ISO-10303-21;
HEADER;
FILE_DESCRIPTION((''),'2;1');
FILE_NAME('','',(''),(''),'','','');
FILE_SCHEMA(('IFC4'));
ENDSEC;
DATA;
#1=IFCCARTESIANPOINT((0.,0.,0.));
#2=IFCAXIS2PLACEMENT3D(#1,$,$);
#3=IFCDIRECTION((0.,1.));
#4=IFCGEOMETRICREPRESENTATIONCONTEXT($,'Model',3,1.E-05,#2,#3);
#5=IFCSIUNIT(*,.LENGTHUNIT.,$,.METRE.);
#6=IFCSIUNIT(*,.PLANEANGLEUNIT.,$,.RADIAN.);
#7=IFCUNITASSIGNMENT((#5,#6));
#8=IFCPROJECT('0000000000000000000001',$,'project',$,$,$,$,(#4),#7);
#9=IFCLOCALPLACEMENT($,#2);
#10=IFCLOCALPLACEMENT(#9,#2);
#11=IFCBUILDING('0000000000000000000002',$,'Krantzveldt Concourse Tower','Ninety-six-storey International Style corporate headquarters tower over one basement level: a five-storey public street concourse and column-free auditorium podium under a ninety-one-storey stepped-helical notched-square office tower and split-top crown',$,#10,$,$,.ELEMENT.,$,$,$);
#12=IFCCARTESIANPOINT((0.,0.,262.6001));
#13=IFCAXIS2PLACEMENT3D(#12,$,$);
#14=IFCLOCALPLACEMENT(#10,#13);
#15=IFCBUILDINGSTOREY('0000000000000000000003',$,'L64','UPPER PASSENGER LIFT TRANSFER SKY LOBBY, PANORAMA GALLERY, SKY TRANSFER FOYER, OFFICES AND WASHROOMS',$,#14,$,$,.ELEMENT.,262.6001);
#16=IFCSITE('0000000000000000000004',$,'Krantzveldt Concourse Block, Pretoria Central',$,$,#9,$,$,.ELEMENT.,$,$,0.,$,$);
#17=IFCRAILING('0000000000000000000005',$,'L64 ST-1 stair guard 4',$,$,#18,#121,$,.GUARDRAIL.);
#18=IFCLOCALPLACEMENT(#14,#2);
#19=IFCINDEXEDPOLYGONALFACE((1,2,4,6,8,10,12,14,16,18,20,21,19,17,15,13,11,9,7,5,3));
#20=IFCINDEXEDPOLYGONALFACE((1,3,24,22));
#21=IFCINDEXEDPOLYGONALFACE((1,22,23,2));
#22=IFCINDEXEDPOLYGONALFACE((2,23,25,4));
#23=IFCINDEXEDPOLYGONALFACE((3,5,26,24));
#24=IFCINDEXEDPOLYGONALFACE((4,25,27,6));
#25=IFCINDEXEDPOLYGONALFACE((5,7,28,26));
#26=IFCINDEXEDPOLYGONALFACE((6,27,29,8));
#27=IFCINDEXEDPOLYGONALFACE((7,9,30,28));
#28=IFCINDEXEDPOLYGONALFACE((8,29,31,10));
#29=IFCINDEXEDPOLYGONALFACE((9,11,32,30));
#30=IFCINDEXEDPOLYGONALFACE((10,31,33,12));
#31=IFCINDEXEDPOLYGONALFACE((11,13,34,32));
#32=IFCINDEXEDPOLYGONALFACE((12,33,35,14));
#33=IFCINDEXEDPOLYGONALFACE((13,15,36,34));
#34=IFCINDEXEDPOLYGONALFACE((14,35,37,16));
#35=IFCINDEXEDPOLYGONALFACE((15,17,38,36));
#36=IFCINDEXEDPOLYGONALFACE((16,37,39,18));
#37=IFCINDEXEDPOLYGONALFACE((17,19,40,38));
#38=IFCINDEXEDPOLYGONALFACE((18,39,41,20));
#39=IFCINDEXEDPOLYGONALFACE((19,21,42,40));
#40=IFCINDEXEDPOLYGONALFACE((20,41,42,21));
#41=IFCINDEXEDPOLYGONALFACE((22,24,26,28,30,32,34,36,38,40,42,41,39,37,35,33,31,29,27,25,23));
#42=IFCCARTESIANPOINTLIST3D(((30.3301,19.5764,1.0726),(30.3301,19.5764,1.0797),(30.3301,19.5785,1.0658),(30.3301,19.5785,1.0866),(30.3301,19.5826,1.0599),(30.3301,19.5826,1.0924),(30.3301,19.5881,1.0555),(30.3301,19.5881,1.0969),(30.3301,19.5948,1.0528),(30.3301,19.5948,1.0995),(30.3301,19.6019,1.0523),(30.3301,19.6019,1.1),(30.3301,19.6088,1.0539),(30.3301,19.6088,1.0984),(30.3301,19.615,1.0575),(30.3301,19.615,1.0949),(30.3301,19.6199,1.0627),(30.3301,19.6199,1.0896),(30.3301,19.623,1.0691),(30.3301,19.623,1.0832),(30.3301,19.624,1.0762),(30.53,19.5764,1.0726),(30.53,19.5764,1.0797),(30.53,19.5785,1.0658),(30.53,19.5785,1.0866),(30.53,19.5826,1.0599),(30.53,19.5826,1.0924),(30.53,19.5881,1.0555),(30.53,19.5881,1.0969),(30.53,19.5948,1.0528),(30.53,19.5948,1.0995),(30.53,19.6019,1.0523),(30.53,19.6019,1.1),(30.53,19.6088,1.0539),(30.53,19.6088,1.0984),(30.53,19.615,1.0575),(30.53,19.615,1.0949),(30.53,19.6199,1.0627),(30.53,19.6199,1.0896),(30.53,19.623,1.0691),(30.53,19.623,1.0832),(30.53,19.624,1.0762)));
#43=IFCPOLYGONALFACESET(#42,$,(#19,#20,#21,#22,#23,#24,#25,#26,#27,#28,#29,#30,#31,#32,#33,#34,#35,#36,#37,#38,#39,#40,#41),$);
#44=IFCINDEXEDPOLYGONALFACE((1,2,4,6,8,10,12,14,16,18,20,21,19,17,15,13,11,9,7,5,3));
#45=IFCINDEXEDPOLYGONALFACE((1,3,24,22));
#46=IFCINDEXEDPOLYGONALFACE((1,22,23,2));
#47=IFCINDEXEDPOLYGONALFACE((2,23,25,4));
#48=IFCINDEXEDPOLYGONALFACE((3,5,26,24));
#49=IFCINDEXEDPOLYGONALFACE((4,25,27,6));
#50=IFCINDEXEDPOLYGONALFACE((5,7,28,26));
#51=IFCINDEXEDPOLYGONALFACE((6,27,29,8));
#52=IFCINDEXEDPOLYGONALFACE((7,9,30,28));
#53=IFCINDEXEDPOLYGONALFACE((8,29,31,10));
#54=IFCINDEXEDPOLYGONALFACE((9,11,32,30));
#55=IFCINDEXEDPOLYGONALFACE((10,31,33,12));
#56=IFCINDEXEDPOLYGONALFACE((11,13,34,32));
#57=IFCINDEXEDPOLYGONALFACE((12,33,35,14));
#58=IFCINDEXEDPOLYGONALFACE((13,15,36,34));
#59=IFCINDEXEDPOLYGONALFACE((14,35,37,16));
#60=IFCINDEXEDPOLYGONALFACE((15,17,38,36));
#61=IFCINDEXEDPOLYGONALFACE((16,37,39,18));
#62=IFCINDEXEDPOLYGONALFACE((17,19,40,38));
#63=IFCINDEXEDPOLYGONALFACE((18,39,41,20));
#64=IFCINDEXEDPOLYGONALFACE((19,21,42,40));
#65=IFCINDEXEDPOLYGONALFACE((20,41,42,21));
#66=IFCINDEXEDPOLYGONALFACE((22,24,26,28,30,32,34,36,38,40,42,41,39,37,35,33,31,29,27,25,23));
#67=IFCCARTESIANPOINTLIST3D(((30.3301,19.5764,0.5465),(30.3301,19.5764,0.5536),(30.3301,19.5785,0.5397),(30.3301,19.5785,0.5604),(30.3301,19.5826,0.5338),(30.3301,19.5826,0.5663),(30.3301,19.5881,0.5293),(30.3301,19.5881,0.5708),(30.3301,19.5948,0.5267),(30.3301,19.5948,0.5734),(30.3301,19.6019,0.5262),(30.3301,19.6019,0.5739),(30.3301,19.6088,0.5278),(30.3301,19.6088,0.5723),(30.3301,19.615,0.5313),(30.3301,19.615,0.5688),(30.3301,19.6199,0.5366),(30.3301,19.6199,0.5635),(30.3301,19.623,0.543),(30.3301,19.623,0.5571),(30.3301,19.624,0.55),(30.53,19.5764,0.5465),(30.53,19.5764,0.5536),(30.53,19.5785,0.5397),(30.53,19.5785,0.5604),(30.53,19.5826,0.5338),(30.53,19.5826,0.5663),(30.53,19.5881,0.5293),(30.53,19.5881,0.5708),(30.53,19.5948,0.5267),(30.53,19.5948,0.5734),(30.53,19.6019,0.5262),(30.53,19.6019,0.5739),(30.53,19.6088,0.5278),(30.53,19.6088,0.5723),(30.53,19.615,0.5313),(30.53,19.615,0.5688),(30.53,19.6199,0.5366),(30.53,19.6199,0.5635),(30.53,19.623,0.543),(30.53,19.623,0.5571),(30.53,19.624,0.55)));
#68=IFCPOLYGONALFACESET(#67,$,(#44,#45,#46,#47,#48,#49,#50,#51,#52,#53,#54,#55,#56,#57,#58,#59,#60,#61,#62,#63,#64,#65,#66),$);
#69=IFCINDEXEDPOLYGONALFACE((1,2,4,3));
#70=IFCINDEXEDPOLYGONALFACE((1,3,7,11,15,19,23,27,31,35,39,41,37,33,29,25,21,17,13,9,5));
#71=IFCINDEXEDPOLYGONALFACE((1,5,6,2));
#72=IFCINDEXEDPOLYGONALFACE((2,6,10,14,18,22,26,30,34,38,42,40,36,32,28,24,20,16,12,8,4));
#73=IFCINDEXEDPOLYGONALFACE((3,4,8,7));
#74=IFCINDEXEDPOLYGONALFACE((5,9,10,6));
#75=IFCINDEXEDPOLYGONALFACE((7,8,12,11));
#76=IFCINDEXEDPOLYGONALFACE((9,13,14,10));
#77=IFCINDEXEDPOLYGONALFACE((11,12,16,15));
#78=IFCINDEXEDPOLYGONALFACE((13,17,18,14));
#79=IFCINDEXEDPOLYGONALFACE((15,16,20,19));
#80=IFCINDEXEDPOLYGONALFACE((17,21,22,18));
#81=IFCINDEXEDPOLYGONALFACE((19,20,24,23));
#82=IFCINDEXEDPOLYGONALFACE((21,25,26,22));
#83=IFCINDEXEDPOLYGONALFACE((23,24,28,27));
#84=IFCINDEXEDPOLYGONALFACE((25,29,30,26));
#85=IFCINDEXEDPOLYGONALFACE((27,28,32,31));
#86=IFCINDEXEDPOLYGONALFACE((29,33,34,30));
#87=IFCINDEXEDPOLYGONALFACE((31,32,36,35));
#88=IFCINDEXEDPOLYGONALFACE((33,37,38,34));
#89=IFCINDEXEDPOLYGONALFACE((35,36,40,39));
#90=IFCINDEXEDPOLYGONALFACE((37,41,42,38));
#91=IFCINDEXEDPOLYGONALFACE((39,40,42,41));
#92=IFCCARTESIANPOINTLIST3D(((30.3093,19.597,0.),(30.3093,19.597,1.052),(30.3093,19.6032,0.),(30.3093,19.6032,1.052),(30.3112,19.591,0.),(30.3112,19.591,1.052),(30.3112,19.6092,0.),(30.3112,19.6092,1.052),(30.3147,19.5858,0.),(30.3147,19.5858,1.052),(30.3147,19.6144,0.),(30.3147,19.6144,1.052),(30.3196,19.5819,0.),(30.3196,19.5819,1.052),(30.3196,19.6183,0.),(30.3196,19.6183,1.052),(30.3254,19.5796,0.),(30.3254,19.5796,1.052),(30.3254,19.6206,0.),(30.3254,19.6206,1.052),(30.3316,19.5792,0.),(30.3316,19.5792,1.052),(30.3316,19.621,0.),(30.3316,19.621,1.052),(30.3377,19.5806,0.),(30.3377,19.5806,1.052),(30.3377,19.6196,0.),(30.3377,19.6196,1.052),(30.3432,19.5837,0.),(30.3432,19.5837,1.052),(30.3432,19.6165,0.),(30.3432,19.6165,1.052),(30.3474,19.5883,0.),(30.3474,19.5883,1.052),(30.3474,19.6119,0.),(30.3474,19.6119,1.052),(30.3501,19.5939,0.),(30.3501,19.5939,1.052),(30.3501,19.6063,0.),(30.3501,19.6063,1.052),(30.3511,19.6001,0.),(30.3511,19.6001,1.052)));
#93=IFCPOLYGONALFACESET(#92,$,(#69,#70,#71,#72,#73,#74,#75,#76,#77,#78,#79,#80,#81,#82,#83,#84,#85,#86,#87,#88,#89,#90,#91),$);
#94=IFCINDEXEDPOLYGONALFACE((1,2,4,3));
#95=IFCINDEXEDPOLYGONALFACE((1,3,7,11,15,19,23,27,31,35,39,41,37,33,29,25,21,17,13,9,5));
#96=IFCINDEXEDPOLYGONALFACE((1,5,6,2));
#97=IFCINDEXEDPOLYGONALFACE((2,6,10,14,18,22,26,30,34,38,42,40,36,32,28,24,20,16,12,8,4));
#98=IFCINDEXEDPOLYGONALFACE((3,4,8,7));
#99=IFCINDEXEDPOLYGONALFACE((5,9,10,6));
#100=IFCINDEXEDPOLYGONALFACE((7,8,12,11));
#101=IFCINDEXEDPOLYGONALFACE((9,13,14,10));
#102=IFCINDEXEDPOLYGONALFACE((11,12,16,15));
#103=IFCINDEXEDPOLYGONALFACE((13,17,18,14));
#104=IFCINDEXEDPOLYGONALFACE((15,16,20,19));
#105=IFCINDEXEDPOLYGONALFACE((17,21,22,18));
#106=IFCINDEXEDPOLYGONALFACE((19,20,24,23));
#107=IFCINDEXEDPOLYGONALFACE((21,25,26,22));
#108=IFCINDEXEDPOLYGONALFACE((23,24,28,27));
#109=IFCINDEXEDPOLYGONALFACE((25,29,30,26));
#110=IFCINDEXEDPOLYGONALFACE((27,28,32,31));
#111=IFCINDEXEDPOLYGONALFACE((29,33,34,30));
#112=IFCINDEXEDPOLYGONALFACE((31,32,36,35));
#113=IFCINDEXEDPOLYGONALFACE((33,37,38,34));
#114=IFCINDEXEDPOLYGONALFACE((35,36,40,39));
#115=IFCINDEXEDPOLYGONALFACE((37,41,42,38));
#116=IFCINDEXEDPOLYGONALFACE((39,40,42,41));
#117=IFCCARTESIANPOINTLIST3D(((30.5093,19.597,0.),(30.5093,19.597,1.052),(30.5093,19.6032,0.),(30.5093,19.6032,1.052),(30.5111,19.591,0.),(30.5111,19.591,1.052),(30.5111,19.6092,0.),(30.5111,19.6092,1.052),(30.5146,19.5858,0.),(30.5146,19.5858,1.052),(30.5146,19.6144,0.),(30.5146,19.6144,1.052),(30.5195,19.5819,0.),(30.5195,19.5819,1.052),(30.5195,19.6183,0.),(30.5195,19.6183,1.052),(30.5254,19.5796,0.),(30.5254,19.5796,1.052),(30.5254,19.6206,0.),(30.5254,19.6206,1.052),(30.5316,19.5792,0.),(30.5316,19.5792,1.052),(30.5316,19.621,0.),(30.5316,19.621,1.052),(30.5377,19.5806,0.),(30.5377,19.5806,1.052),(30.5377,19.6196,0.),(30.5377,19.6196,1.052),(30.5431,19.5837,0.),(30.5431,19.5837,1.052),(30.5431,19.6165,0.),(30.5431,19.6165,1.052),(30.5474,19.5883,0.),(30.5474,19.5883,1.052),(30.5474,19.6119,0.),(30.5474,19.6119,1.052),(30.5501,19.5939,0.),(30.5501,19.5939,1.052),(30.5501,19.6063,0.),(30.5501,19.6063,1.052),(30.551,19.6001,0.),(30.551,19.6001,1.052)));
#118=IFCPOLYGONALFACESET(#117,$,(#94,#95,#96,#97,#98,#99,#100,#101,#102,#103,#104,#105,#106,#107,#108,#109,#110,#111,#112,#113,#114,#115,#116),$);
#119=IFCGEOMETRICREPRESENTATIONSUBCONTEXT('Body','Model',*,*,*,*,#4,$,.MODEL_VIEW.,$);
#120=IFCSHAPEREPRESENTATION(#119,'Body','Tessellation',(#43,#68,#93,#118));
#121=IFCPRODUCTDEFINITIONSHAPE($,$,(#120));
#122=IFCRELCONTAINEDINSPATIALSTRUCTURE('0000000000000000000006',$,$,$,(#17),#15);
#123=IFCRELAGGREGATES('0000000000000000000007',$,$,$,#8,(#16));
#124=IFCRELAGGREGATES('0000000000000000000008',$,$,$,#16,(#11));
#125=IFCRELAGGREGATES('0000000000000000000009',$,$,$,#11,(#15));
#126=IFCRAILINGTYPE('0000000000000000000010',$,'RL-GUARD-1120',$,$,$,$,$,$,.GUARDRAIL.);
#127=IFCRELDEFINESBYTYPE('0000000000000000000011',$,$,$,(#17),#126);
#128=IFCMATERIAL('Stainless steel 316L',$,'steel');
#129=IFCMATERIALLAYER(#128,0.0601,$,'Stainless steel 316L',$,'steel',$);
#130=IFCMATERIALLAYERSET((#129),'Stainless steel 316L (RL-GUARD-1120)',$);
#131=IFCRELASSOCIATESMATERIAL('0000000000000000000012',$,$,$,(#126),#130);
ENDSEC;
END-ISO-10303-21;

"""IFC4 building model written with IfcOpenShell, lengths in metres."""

from ifc_helpers import new_model, si_unit, direction, frame, origin, origin_2d, place, context, subcontext, project, spatial, circle, extrude, material, layer, layer_set, type_object, element, save


model = new_model("IFC4")

# Units and contexts
model_context = context("Model", 3, precision=1e-05, world=origin(), true_north=direction((0.0, 1.0)))
body_context = subcontext(model_context, "Body", "Model", "MODEL_VIEW")
ifc_project = project(units=[si_unit("LENGTHUNIT", "METRE"), si_unit("PLANEANGLEUNIT", "RADIAN")], contexts=[model_context])

# Site, building, storey
site_placement = place(None, origin())
site = spatial("IfcSite", under=ifc_project, at=site_placement, Name="Krantzveldt Concourse Block, Pretoria Central", CompositionType="ELEMENT", RefElevation=0.0)
building_placement = place(site_placement, origin())
building = spatial("IfcBuilding", under=site, at=building_placement, Name="Krantzveldt Concourse Tower", Description="Ninety-six-storey International Style corporate headquarters tower over one basement level: a five-storey public street concourse and column-free auditorium podium under a ninety-one-storey stepped-helical notched-square office tower and split-top crown", CompositionType="ELEMENT")
storey_placement = place(building_placement, frame((0.0, 0.0, 262.6001)))
storey = spatial("IfcBuildingStorey", under=building, at=storey_placement, Name="L64", Description="UPPER PASSENGER LIFT TRANSFER SKY LOBBY, PANORAMA GALLERY, SKY TRANSFER FOYER, OFFICES AND WASHROOMS", CompositionType="ELEMENT", Elevation=262.6001)

# Shared definitions
ifc_material_1 = material(Name="Stainless steel 316L", Category="steel")

# Railing
ifc_layer_1 = layer(ifc_material_1, 0.0601, Name="Stainless steel 316L", Category="steel")
ifc_layer_set_1 = layer_set([ifc_layer_1], Name="Stainless steel 316L (RL-GUARD-1120)")
railing_type_1 = type_object("IfcRailingType", Name="RL-GUARD-1120", PredefinedType="GUARDRAIL", material=ifc_layer_set_1)
railing_1_placement = place(storey_placement, frame((30.3301, 19.6001, 0.0)))
element("IfcRailing", 1, at=railing_1_placement, inside=storey, type_object=railing_type_1, Name="L64 ST-1 stair guard 4", PredefinedType="GUARDRAIL", context=body_context, shape_type="SweptSolid", body=[
    extrude(circle(Radius=0.0239, at=origin_2d()), frame((0.0, 0.0, 1.0762), z_axis=(1.0, 0.0, 0.0), x_axis=(0.0, 1.0, 0.0)), (0.0, 0.0, 1.0), 0.2),
    extrude(circle(Radius=0.0239, at=origin_2d()), frame((0.0, 0.0, 0.55), z_axis=(1.0, 0.0, 0.0), x_axis=(0.0, 1.0, 0.0)), (0.0, 0.0, 1.0), 0.2),
    extrude(circle(Radius=0.021, at=origin_2d()), origin(), (0.0, 0.0, 1.0), 1.052),
    extrude(circle(Radius=0.021, at=origin_2d()), frame((0.2, 0.0, 0.0)), (0.0, 0.0, 1.0), 1.052),
])

save(model, "model.ifc")
